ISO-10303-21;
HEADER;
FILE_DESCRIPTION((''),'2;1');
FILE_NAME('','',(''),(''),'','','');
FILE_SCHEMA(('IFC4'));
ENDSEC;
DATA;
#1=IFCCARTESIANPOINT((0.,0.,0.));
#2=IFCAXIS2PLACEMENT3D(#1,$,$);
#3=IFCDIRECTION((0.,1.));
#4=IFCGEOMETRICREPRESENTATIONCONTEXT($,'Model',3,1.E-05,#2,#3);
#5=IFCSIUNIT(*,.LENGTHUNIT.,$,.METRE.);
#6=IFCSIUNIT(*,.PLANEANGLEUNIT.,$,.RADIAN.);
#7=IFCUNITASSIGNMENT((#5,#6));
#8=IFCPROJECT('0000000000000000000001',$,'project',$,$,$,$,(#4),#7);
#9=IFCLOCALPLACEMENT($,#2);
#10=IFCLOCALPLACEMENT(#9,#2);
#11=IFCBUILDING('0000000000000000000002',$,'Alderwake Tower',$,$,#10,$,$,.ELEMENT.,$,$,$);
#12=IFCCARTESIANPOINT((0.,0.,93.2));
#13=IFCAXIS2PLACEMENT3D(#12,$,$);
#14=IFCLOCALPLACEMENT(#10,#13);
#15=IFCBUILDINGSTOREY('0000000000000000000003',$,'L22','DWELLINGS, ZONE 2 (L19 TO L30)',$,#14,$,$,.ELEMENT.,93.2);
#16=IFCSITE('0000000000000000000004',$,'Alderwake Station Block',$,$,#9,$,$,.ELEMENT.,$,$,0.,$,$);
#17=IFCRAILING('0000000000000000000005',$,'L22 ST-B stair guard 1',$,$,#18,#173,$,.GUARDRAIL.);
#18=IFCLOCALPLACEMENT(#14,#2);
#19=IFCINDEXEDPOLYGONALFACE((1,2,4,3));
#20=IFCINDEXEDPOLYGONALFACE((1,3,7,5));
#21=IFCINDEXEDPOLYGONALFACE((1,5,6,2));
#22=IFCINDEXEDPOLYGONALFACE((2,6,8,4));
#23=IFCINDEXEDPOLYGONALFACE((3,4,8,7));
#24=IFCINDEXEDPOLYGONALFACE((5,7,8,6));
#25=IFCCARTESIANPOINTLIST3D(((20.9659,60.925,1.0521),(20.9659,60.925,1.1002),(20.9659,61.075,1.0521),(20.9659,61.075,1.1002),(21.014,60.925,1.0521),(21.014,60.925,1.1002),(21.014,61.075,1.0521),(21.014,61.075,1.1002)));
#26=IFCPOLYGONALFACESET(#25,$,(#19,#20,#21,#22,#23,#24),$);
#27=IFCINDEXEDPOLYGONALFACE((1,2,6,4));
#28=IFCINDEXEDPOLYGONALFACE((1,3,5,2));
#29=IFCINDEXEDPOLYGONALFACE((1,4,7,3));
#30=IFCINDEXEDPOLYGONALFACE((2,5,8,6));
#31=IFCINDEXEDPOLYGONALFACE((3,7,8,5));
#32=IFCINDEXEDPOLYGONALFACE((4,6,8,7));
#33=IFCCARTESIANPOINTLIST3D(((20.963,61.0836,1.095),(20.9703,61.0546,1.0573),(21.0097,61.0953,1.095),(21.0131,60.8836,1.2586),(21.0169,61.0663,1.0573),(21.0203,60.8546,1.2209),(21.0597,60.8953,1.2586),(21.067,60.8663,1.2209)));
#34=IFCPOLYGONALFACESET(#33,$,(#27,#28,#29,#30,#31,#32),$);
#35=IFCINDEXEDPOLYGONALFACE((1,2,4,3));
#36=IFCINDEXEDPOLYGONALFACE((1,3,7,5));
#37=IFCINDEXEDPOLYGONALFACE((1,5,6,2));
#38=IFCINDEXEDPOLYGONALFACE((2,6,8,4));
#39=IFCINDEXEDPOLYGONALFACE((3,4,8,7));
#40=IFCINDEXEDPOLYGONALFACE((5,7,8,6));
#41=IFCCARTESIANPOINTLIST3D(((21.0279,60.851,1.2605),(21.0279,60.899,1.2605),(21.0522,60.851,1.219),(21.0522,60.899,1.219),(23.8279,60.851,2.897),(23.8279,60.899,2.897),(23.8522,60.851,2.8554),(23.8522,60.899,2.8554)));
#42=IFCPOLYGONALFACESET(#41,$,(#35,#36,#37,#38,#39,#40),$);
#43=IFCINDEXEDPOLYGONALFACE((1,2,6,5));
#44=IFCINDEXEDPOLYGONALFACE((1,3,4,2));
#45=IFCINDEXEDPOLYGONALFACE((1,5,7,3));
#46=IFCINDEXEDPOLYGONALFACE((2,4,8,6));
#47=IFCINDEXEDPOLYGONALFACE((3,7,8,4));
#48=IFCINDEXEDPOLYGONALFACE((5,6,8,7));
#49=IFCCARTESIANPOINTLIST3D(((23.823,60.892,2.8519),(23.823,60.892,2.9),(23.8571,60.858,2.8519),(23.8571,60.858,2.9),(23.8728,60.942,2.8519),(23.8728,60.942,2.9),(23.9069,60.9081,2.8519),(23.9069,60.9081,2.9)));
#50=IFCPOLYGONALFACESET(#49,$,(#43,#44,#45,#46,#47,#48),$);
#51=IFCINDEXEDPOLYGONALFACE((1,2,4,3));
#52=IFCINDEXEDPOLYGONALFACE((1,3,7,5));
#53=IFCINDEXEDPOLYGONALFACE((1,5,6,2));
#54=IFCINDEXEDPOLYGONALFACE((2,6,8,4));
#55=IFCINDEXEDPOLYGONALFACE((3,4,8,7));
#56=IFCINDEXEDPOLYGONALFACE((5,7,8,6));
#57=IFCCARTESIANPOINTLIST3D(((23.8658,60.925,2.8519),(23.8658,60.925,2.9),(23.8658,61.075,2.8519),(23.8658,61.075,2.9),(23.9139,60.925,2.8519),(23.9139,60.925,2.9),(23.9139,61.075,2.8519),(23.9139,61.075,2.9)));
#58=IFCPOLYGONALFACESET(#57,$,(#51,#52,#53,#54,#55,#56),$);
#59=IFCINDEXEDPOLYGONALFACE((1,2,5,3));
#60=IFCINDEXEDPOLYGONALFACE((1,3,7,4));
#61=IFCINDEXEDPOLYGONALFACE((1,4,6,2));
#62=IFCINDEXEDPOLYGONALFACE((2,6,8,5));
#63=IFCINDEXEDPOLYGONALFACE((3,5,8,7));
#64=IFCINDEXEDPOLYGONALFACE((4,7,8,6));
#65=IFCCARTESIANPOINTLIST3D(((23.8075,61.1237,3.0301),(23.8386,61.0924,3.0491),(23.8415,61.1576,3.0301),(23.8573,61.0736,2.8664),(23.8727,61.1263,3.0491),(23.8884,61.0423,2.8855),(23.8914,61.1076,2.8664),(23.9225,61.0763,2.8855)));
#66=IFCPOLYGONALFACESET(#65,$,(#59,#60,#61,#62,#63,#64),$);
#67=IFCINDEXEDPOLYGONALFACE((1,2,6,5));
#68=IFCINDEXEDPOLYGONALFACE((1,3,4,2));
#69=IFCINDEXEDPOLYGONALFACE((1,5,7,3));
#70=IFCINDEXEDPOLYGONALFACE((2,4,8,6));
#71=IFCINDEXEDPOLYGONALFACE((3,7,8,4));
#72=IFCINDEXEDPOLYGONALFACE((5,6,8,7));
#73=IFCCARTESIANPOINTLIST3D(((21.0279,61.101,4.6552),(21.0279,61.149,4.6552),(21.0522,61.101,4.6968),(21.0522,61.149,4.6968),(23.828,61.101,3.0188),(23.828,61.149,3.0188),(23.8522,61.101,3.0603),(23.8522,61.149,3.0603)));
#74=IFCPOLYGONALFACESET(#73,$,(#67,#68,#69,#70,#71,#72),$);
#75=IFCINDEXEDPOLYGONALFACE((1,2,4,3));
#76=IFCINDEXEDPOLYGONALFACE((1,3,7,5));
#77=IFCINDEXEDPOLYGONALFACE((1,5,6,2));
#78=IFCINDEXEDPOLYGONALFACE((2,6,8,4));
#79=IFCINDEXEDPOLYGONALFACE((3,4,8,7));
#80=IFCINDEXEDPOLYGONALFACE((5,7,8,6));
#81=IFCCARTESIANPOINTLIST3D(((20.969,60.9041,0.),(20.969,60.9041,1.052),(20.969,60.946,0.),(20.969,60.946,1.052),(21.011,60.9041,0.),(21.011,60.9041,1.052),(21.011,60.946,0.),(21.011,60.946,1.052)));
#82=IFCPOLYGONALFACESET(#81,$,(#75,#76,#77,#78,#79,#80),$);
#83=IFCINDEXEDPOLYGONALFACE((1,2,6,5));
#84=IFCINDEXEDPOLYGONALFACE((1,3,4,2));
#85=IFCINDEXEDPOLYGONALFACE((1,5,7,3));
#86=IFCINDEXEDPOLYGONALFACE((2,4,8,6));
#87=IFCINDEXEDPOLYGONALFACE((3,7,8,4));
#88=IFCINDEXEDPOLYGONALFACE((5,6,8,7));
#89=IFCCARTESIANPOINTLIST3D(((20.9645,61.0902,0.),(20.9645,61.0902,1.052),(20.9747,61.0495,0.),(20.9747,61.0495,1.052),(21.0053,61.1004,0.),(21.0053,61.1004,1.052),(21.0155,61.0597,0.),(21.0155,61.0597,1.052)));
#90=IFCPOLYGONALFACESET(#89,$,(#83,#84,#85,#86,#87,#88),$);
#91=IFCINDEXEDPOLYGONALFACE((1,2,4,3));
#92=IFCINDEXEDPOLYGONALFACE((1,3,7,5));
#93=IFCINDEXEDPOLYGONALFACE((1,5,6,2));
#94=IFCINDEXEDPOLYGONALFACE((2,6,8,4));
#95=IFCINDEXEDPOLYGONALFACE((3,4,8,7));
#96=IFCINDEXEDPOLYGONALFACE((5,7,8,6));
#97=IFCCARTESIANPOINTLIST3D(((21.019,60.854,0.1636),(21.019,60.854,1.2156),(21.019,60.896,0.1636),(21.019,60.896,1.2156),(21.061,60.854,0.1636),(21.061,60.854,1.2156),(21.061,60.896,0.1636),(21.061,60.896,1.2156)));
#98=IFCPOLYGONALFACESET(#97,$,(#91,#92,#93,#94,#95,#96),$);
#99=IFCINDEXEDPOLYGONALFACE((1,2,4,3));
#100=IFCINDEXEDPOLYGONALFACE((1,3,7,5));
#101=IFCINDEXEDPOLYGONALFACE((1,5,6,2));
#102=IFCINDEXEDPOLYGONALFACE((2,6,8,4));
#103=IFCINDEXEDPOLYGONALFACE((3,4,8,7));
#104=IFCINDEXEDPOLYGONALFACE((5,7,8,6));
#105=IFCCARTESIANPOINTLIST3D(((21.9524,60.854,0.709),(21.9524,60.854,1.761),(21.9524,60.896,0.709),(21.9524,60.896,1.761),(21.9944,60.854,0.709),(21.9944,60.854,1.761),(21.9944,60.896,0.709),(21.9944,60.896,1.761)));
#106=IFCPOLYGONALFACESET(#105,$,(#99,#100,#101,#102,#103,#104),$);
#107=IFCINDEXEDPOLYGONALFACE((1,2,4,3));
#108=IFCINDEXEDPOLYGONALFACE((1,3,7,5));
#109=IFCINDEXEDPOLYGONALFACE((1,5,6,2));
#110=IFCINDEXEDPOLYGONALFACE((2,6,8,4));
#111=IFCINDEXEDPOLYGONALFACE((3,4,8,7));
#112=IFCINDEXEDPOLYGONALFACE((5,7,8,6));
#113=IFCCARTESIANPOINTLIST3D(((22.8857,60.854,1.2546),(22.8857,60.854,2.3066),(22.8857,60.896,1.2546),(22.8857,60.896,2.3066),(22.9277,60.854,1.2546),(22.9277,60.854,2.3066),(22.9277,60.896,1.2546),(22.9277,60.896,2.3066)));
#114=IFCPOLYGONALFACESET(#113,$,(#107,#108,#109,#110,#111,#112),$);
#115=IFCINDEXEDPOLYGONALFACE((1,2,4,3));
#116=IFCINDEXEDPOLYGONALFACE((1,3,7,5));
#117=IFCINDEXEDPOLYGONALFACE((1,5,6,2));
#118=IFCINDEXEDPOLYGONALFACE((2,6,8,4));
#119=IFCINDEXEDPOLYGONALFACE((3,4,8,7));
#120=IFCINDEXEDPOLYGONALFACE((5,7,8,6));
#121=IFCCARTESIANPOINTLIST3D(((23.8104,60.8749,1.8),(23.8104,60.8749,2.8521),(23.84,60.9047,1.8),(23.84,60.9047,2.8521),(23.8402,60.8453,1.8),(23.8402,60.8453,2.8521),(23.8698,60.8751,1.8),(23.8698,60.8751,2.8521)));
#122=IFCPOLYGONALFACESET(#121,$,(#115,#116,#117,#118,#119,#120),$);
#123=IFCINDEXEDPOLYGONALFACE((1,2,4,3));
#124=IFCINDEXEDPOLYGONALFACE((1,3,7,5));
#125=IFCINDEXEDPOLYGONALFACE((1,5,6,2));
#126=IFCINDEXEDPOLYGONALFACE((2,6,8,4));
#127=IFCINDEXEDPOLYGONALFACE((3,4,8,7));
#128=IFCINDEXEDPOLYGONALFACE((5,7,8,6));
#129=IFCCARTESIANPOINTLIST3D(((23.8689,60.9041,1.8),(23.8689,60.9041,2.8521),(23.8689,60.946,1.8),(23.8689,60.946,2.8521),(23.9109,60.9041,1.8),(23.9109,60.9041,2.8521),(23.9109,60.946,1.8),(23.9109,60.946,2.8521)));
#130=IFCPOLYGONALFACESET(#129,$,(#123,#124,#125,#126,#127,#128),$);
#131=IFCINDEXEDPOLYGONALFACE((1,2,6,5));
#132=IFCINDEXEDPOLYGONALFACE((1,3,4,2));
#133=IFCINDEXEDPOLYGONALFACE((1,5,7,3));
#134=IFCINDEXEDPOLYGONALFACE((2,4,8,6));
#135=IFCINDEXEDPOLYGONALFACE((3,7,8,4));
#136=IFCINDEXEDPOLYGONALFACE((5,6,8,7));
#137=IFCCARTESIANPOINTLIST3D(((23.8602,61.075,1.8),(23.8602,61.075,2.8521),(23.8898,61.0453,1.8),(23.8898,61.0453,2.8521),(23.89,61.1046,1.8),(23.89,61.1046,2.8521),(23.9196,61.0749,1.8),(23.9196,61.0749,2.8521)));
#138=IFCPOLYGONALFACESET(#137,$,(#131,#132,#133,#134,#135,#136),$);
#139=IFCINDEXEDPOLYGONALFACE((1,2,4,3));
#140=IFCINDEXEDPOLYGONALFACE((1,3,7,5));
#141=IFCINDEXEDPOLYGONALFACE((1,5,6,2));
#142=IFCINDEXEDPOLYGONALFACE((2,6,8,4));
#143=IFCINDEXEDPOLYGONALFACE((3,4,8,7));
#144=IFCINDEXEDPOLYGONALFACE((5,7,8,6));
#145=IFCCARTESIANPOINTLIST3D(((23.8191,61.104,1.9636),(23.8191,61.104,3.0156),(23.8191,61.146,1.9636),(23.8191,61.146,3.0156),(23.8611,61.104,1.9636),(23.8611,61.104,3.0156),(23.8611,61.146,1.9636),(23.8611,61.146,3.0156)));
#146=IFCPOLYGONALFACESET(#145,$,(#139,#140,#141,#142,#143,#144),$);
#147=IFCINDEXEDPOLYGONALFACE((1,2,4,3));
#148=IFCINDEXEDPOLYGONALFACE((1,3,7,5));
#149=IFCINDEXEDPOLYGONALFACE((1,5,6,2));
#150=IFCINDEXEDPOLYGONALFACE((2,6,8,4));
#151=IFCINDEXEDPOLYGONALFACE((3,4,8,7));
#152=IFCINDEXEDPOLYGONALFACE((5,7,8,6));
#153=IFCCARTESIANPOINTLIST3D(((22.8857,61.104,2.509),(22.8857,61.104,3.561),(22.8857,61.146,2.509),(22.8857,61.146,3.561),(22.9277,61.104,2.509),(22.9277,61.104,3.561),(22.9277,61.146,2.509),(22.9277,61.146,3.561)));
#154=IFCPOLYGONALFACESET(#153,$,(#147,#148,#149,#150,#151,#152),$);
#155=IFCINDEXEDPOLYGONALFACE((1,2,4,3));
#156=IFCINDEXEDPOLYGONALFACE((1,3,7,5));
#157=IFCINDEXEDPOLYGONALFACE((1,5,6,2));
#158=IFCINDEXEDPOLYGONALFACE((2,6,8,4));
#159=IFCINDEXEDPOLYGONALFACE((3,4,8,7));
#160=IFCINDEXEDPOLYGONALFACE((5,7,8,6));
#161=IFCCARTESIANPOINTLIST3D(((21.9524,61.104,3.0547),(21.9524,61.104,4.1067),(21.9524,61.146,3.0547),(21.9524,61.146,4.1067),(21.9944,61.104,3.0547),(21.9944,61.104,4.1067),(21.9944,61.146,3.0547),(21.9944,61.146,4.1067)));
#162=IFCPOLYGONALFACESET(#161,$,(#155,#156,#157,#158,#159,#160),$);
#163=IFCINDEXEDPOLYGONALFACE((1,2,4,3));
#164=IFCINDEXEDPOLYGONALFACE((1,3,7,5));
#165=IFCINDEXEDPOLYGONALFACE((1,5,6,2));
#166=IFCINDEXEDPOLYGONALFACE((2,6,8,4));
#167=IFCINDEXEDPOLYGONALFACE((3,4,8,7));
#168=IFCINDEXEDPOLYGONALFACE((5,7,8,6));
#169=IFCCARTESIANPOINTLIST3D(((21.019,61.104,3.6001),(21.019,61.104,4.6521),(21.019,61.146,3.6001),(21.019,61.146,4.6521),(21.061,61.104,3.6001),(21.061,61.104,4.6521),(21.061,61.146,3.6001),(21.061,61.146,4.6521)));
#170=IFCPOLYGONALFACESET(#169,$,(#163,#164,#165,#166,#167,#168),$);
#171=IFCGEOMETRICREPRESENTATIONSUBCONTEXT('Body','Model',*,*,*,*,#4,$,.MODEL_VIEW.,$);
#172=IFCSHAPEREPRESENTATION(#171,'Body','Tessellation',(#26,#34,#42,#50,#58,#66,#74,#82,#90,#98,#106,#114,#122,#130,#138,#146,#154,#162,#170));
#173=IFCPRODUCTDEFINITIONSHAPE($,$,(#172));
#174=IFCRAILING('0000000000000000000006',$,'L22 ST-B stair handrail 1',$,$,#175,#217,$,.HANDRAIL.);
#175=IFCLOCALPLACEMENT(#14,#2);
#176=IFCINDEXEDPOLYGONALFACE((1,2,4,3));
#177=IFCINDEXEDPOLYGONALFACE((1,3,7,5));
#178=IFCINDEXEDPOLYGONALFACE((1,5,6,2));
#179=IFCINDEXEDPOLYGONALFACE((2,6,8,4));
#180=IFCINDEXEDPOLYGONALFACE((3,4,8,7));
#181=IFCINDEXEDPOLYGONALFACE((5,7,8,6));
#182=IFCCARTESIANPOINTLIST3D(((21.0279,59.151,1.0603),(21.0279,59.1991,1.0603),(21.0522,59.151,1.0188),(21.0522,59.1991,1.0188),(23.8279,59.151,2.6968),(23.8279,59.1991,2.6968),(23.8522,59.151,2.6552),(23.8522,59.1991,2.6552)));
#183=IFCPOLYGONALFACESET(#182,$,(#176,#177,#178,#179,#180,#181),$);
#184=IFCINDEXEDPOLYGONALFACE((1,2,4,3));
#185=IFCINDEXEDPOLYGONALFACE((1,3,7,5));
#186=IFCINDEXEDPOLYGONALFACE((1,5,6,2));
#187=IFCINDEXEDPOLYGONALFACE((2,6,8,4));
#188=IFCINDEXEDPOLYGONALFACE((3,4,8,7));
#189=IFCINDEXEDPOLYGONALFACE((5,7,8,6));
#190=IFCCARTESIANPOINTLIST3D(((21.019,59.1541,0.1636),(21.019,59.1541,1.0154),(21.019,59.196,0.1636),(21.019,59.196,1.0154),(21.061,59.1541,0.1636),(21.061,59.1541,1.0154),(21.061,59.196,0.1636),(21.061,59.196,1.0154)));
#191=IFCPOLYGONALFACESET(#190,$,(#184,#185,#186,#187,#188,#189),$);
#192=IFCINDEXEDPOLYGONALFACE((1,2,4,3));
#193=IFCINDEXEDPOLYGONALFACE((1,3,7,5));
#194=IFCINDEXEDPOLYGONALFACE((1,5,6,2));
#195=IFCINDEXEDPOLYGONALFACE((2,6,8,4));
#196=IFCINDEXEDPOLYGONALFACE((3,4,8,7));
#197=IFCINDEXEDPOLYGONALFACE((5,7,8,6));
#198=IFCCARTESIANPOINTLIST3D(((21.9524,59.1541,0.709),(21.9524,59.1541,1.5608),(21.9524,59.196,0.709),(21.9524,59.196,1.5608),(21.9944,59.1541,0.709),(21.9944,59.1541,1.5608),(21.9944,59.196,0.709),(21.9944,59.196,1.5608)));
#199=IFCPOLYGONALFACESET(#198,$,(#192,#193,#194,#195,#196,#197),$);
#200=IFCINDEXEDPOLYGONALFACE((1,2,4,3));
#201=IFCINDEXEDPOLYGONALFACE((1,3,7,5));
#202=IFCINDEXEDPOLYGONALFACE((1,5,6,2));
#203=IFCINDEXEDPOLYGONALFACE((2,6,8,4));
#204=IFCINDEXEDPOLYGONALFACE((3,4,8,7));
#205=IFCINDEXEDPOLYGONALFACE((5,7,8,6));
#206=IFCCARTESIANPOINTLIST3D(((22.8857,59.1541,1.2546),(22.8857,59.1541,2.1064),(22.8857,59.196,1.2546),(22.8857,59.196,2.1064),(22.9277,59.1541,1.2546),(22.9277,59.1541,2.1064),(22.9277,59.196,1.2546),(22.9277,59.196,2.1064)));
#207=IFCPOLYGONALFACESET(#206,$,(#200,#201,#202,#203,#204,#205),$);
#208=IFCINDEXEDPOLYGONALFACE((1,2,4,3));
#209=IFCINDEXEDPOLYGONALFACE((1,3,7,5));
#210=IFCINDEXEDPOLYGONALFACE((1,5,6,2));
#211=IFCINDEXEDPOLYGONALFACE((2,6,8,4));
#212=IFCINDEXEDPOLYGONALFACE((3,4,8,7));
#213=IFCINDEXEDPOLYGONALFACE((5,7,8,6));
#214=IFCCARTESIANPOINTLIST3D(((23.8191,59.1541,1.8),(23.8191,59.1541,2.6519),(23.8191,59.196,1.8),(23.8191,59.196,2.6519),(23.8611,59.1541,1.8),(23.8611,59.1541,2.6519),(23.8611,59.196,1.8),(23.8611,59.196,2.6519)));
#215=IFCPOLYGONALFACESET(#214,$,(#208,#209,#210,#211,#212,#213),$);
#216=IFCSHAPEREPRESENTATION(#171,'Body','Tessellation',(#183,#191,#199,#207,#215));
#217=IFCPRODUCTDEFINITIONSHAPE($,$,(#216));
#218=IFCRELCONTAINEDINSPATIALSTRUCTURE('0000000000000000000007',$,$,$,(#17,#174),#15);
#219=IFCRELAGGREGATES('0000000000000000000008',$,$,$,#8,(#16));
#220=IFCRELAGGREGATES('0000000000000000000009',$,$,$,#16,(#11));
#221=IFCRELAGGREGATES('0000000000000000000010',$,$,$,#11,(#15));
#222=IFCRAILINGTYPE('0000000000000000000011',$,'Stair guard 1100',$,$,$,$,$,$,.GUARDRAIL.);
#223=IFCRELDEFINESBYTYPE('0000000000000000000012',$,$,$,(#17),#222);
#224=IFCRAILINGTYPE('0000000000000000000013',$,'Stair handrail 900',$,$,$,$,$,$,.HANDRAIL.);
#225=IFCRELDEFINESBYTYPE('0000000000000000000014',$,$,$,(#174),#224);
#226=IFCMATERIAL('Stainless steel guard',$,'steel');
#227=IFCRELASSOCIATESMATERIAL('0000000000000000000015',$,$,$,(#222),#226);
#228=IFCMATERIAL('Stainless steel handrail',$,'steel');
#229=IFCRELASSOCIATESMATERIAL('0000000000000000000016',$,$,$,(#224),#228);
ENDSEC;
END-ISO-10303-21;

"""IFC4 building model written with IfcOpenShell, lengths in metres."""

from ifc_helpers import new_model, si_unit, direction, frame, origin, origin_with_axes, origin_2d, place, context, subcontext, project, spatial, rectangle, extrude, material, type_object, element, save


model = new_model("IFC4")

# Units and contexts
model_context = context("Model", 3, precision=1e-05, world=origin(), true_north=direction((0.0, 1.0)))
body_context = subcontext(model_context, "Body", "Model", "MODEL_VIEW")
ifc_project = project(units=[si_unit("LENGTHUNIT", "METRE"), si_unit("PLANEANGLEUNIT", "RADIAN")], contexts=[model_context])

# Site, building, storey
site_placement = place(None, origin())
site = spatial("IfcSite", under=ifc_project, at=site_placement, Name="Alderwake Station Block", CompositionType="ELEMENT", RefElevation=0.0)
building_placement = place(site_placement, origin())
building = spatial("IfcBuilding", under=site, at=building_placement, Name="Alderwake Tower", CompositionType="ELEMENT")
storey_placement = place(building_placement, frame((0.0, 0.0, 93.2)))
storey = spatial("IfcBuildingStorey", under=building, at=storey_placement, Name="L22", Description="DWELLINGS, ZONE 2 (L19 TO L30)", CompositionType="ELEMENT", Elevation=93.2)

# Railings
ifc_material_1 = material(Name="Stainless steel guard", Category="steel")
railing_type_1 = type_object("IfcRailingType", Name="Stair guard 1100", PredefinedType="GUARDRAIL", material=ifc_material_1)
railing_1_placement = place(storey_placement, frame((20.99, 60.925, 0.0)))
element("IfcRailing", 1, at=railing_1_placement, inside=storey, type_object=railing_type_1, Name="L22 ST-B stair guard 1", PredefinedType="GUARDRAIL", context=body_context, shape_type="SweptSolid", body=[
    extrude(rectangle(XDim=0.0481, YDim=0.0481, at=origin_2d()), frame((0.0, 0.0, 1.0762), z_axis=(0.0, 1.0, 0.0), x_axis=(-1.0, 0.0, 0.0)), (0.0, 0.0, 1.0), 0.1499),
    extrude(rectangle(XDim=0.0481, YDim=0.0481, at=origin_2d()), frame((0.0, 0.1499, 1.0762), z_axis=(0.1902, -0.75987, 0.621628), x_axis=(0.970073, 0.242814, 0.0)), (0.0, 0.0, 1.0), 0.2632),
    extrude(rectangle(XDim=0.0481, YDim=0.0481, at=origin_2d()), frame((0.05, -0.05, 1.2397), z_axis=(0.863361, 0.0, 0.504587), x_axis=(0.0, 1.0, 0.0)), (0.0, 0.0, 1.0), 3.2432),
    extrude(rectangle(XDim=0.0481, YDim=0.0481, at=origin_2d()), frame((2.8501, -0.05, 2.876), z_axis=(0.705376, 0.708834, 0.0), x_axis=(-0.708834, 0.705376, 0.0)), (0.0, 0.0, 1.0), 0.0706),
    extrude(rectangle(XDim=0.0481, YDim=0.0481, at=origin_2d()), frame((2.8999, 0.0, 2.876), z_axis=(0.0, 1.0, 0.0), x_axis=(-1.0, 0.0, 0.0)), (0.0, 0.0, 1.0), 0.1499),
    extrude(rectangle(XDim=0.0481, YDim=0.0481, at=origin_2d()), frame((2.8999, 0.1499, 2.876), z_axis=(-0.279546, 0.280917, 0.918118), x_axis=(-0.708834, -0.705376, 0.0)), (0.0, 0.0, 1.0), 0.1782),
    extrude(rectangle(XDim=0.0481, YDim=0.0481, at=origin_2d()), frame((2.8501, 0.2, 3.0396), z_axis=(-0.863361, 0.0, 0.504587), x_axis=(0.0, -1.0, 0.0)), (0.0, 0.0, 1.0), 3.2432),
    extrude(rectangle(XDim=0.042, YDim=0.042, at=origin_2d()), frame((0.0, 0.0, 0.0), z_axis=(0.0, 0.0, 1.0), x_axis=(0.0, 1.0, 0.0)), (0.0, 0.0, 1.0), 1.052),
    extrude(rectangle(XDim=0.042, YDim=0.042, at=origin_2d()), frame((0.0, 0.1499, 0.0), z_axis=(0.0, 0.0, 1.0), x_axis=(0.242814, -0.970073, 0.0)), (0.0, 0.0, 1.0), 1.052),
    extrude(rectangle(XDim=0.042, YDim=0.042, at=origin_2d()), frame((0.05, -0.05, 0.1636), z_axis=(0.0, 0.0, 1.0), x_axis=(1.0, 0.0, 0.0)), (0.0, 0.0, 1.0), 1.052),
    extrude(rectangle(XDim=0.042, YDim=0.042, at=origin_2d()), frame((0.9834, -0.05, 0.709), z_axis=(0.0, 0.0, 1.0), x_axis=(1.0, 0.0, 0.0)), (0.0, 0.0, 1.0), 1.052),
    extrude(rectangle(XDim=0.042, YDim=0.042, at=origin_2d()), frame((1.9167, -0.05, 1.2546), z_axis=(0.0, 0.0, 1.0), x_axis=(1.0, 0.0, 0.0)), (0.0, 0.0, 1.0), 1.052),
    extrude(rectangle(XDim=0.042, YDim=0.042, at=origin_2d()), frame((2.8501, -0.05, 1.8), z_axis=(0.0, 0.0, 1.0), x_axis=(0.705376, 0.708834, 0.0)), (0.0, 0.0, 1.0), 1.052),
    extrude(rectangle(XDim=0.042, YDim=0.042, at=origin_2d()), frame((2.8999, 0.0, 1.8), z_axis=(0.0, 0.0, 1.0), x_axis=(0.0, 1.0, 0.0)), (0.0, 0.0, 1.0), 1.052),
    extrude(rectangle(XDim=0.042, YDim=0.042, at=origin_2d()), frame((2.8999, 0.1499, 1.8), z_axis=(0.0, 0.0, 1.0), x_axis=(-0.705376, 0.708834, 0.0)), (0.0, 0.0, 1.0), 1.052),
    extrude(rectangle(XDim=0.042, YDim=0.042, at=origin_2d()), frame((2.8501, 0.2, 1.9636), z_axis=(0.0, 0.0, 1.0), x_axis=(-1.0, 0.0, 0.0)), (0.0, 0.0, 1.0), 1.052),
    extrude(rectangle(XDim=0.042, YDim=0.042, at=origin_2d()), frame((1.9167, 0.2, 2.509), z_axis=(0.0, 0.0, 1.0), x_axis=(-1.0, 0.0, 0.0)), (0.0, 0.0, 1.0), 1.052),
    extrude(rectangle(XDim=0.042, YDim=0.042, at=origin_2d()), frame((0.9834, 0.2, 3.0547), z_axis=(0.0, 0.0, 1.0), x_axis=(-1.0, 0.0, 0.0)), (0.0, 0.0, 1.0), 1.052),
    extrude(rectangle(XDim=0.042, YDim=0.042, at=origin_2d()), frame((0.05, 0.2, 3.6001), z_axis=(0.0, 0.0, 1.0), x_axis=(-1.0, 0.0, 0.0)), (0.0, 0.0, 1.0), 1.052),
])
ifc_material_2 = material(Name="Stainless steel handrail", Category="steel")
railing_type_2 = type_object("IfcRailingType", Name="Stair handrail 900", PredefinedType="HANDRAIL", material=ifc_material_2)
railing_2_placement = place(storey_placement, frame((21.04, 59.175, 0.1636)))
element("IfcRailing", 2, at=railing_2_placement, inside=storey, type_object=railing_type_2, Name="L22 ST-B stair handrail 1", PredefinedType="HANDRAIL", context=body_context, shape_type="SweptSolid", body=[
    extrude(rectangle(XDim=0.0481, YDim=0.0481, at=origin_2d()), frame((0.0, 0.0, 0.876), z_axis=(0.863361, 0.0, 0.504587), x_axis=(0.0, 1.0, 0.0)), (0.0, 0.0, 1.0), 3.2432),
    extrude(rectangle(XDim=0.042, YDim=0.042, at=origin_2d()), origin_with_axes(), (0.0, 0.0, 1.0), 0.8518),
    extrude(rectangle(XDim=0.042, YDim=0.042, at=origin_2d()), frame((0.9333, 0.0, 0.5454), z_axis=(0.0, 0.0, 1.0), x_axis=(1.0, 0.0, 0.0)), (0.0, 0.0, 1.0), 0.8518),
    extrude(rectangle(XDim=0.042, YDim=0.042, at=origin_2d()), frame((1.8667, 0.0, 1.0911), z_axis=(0.0, 0.0, 1.0), x_axis=(1.0, 0.0, 0.0)), (0.0, 0.0, 1.0), 0.8518),
    extrude(rectangle(XDim=0.042, YDim=0.042, at=origin_2d()), frame((2.8, 0.0, 1.6365), z_axis=(0.0, 0.0, 1.0), x_axis=(1.0, 0.0, 0.0)), (0.0, 0.0, 1.0), 0.8518),
])

save(model, "model.ifc")
